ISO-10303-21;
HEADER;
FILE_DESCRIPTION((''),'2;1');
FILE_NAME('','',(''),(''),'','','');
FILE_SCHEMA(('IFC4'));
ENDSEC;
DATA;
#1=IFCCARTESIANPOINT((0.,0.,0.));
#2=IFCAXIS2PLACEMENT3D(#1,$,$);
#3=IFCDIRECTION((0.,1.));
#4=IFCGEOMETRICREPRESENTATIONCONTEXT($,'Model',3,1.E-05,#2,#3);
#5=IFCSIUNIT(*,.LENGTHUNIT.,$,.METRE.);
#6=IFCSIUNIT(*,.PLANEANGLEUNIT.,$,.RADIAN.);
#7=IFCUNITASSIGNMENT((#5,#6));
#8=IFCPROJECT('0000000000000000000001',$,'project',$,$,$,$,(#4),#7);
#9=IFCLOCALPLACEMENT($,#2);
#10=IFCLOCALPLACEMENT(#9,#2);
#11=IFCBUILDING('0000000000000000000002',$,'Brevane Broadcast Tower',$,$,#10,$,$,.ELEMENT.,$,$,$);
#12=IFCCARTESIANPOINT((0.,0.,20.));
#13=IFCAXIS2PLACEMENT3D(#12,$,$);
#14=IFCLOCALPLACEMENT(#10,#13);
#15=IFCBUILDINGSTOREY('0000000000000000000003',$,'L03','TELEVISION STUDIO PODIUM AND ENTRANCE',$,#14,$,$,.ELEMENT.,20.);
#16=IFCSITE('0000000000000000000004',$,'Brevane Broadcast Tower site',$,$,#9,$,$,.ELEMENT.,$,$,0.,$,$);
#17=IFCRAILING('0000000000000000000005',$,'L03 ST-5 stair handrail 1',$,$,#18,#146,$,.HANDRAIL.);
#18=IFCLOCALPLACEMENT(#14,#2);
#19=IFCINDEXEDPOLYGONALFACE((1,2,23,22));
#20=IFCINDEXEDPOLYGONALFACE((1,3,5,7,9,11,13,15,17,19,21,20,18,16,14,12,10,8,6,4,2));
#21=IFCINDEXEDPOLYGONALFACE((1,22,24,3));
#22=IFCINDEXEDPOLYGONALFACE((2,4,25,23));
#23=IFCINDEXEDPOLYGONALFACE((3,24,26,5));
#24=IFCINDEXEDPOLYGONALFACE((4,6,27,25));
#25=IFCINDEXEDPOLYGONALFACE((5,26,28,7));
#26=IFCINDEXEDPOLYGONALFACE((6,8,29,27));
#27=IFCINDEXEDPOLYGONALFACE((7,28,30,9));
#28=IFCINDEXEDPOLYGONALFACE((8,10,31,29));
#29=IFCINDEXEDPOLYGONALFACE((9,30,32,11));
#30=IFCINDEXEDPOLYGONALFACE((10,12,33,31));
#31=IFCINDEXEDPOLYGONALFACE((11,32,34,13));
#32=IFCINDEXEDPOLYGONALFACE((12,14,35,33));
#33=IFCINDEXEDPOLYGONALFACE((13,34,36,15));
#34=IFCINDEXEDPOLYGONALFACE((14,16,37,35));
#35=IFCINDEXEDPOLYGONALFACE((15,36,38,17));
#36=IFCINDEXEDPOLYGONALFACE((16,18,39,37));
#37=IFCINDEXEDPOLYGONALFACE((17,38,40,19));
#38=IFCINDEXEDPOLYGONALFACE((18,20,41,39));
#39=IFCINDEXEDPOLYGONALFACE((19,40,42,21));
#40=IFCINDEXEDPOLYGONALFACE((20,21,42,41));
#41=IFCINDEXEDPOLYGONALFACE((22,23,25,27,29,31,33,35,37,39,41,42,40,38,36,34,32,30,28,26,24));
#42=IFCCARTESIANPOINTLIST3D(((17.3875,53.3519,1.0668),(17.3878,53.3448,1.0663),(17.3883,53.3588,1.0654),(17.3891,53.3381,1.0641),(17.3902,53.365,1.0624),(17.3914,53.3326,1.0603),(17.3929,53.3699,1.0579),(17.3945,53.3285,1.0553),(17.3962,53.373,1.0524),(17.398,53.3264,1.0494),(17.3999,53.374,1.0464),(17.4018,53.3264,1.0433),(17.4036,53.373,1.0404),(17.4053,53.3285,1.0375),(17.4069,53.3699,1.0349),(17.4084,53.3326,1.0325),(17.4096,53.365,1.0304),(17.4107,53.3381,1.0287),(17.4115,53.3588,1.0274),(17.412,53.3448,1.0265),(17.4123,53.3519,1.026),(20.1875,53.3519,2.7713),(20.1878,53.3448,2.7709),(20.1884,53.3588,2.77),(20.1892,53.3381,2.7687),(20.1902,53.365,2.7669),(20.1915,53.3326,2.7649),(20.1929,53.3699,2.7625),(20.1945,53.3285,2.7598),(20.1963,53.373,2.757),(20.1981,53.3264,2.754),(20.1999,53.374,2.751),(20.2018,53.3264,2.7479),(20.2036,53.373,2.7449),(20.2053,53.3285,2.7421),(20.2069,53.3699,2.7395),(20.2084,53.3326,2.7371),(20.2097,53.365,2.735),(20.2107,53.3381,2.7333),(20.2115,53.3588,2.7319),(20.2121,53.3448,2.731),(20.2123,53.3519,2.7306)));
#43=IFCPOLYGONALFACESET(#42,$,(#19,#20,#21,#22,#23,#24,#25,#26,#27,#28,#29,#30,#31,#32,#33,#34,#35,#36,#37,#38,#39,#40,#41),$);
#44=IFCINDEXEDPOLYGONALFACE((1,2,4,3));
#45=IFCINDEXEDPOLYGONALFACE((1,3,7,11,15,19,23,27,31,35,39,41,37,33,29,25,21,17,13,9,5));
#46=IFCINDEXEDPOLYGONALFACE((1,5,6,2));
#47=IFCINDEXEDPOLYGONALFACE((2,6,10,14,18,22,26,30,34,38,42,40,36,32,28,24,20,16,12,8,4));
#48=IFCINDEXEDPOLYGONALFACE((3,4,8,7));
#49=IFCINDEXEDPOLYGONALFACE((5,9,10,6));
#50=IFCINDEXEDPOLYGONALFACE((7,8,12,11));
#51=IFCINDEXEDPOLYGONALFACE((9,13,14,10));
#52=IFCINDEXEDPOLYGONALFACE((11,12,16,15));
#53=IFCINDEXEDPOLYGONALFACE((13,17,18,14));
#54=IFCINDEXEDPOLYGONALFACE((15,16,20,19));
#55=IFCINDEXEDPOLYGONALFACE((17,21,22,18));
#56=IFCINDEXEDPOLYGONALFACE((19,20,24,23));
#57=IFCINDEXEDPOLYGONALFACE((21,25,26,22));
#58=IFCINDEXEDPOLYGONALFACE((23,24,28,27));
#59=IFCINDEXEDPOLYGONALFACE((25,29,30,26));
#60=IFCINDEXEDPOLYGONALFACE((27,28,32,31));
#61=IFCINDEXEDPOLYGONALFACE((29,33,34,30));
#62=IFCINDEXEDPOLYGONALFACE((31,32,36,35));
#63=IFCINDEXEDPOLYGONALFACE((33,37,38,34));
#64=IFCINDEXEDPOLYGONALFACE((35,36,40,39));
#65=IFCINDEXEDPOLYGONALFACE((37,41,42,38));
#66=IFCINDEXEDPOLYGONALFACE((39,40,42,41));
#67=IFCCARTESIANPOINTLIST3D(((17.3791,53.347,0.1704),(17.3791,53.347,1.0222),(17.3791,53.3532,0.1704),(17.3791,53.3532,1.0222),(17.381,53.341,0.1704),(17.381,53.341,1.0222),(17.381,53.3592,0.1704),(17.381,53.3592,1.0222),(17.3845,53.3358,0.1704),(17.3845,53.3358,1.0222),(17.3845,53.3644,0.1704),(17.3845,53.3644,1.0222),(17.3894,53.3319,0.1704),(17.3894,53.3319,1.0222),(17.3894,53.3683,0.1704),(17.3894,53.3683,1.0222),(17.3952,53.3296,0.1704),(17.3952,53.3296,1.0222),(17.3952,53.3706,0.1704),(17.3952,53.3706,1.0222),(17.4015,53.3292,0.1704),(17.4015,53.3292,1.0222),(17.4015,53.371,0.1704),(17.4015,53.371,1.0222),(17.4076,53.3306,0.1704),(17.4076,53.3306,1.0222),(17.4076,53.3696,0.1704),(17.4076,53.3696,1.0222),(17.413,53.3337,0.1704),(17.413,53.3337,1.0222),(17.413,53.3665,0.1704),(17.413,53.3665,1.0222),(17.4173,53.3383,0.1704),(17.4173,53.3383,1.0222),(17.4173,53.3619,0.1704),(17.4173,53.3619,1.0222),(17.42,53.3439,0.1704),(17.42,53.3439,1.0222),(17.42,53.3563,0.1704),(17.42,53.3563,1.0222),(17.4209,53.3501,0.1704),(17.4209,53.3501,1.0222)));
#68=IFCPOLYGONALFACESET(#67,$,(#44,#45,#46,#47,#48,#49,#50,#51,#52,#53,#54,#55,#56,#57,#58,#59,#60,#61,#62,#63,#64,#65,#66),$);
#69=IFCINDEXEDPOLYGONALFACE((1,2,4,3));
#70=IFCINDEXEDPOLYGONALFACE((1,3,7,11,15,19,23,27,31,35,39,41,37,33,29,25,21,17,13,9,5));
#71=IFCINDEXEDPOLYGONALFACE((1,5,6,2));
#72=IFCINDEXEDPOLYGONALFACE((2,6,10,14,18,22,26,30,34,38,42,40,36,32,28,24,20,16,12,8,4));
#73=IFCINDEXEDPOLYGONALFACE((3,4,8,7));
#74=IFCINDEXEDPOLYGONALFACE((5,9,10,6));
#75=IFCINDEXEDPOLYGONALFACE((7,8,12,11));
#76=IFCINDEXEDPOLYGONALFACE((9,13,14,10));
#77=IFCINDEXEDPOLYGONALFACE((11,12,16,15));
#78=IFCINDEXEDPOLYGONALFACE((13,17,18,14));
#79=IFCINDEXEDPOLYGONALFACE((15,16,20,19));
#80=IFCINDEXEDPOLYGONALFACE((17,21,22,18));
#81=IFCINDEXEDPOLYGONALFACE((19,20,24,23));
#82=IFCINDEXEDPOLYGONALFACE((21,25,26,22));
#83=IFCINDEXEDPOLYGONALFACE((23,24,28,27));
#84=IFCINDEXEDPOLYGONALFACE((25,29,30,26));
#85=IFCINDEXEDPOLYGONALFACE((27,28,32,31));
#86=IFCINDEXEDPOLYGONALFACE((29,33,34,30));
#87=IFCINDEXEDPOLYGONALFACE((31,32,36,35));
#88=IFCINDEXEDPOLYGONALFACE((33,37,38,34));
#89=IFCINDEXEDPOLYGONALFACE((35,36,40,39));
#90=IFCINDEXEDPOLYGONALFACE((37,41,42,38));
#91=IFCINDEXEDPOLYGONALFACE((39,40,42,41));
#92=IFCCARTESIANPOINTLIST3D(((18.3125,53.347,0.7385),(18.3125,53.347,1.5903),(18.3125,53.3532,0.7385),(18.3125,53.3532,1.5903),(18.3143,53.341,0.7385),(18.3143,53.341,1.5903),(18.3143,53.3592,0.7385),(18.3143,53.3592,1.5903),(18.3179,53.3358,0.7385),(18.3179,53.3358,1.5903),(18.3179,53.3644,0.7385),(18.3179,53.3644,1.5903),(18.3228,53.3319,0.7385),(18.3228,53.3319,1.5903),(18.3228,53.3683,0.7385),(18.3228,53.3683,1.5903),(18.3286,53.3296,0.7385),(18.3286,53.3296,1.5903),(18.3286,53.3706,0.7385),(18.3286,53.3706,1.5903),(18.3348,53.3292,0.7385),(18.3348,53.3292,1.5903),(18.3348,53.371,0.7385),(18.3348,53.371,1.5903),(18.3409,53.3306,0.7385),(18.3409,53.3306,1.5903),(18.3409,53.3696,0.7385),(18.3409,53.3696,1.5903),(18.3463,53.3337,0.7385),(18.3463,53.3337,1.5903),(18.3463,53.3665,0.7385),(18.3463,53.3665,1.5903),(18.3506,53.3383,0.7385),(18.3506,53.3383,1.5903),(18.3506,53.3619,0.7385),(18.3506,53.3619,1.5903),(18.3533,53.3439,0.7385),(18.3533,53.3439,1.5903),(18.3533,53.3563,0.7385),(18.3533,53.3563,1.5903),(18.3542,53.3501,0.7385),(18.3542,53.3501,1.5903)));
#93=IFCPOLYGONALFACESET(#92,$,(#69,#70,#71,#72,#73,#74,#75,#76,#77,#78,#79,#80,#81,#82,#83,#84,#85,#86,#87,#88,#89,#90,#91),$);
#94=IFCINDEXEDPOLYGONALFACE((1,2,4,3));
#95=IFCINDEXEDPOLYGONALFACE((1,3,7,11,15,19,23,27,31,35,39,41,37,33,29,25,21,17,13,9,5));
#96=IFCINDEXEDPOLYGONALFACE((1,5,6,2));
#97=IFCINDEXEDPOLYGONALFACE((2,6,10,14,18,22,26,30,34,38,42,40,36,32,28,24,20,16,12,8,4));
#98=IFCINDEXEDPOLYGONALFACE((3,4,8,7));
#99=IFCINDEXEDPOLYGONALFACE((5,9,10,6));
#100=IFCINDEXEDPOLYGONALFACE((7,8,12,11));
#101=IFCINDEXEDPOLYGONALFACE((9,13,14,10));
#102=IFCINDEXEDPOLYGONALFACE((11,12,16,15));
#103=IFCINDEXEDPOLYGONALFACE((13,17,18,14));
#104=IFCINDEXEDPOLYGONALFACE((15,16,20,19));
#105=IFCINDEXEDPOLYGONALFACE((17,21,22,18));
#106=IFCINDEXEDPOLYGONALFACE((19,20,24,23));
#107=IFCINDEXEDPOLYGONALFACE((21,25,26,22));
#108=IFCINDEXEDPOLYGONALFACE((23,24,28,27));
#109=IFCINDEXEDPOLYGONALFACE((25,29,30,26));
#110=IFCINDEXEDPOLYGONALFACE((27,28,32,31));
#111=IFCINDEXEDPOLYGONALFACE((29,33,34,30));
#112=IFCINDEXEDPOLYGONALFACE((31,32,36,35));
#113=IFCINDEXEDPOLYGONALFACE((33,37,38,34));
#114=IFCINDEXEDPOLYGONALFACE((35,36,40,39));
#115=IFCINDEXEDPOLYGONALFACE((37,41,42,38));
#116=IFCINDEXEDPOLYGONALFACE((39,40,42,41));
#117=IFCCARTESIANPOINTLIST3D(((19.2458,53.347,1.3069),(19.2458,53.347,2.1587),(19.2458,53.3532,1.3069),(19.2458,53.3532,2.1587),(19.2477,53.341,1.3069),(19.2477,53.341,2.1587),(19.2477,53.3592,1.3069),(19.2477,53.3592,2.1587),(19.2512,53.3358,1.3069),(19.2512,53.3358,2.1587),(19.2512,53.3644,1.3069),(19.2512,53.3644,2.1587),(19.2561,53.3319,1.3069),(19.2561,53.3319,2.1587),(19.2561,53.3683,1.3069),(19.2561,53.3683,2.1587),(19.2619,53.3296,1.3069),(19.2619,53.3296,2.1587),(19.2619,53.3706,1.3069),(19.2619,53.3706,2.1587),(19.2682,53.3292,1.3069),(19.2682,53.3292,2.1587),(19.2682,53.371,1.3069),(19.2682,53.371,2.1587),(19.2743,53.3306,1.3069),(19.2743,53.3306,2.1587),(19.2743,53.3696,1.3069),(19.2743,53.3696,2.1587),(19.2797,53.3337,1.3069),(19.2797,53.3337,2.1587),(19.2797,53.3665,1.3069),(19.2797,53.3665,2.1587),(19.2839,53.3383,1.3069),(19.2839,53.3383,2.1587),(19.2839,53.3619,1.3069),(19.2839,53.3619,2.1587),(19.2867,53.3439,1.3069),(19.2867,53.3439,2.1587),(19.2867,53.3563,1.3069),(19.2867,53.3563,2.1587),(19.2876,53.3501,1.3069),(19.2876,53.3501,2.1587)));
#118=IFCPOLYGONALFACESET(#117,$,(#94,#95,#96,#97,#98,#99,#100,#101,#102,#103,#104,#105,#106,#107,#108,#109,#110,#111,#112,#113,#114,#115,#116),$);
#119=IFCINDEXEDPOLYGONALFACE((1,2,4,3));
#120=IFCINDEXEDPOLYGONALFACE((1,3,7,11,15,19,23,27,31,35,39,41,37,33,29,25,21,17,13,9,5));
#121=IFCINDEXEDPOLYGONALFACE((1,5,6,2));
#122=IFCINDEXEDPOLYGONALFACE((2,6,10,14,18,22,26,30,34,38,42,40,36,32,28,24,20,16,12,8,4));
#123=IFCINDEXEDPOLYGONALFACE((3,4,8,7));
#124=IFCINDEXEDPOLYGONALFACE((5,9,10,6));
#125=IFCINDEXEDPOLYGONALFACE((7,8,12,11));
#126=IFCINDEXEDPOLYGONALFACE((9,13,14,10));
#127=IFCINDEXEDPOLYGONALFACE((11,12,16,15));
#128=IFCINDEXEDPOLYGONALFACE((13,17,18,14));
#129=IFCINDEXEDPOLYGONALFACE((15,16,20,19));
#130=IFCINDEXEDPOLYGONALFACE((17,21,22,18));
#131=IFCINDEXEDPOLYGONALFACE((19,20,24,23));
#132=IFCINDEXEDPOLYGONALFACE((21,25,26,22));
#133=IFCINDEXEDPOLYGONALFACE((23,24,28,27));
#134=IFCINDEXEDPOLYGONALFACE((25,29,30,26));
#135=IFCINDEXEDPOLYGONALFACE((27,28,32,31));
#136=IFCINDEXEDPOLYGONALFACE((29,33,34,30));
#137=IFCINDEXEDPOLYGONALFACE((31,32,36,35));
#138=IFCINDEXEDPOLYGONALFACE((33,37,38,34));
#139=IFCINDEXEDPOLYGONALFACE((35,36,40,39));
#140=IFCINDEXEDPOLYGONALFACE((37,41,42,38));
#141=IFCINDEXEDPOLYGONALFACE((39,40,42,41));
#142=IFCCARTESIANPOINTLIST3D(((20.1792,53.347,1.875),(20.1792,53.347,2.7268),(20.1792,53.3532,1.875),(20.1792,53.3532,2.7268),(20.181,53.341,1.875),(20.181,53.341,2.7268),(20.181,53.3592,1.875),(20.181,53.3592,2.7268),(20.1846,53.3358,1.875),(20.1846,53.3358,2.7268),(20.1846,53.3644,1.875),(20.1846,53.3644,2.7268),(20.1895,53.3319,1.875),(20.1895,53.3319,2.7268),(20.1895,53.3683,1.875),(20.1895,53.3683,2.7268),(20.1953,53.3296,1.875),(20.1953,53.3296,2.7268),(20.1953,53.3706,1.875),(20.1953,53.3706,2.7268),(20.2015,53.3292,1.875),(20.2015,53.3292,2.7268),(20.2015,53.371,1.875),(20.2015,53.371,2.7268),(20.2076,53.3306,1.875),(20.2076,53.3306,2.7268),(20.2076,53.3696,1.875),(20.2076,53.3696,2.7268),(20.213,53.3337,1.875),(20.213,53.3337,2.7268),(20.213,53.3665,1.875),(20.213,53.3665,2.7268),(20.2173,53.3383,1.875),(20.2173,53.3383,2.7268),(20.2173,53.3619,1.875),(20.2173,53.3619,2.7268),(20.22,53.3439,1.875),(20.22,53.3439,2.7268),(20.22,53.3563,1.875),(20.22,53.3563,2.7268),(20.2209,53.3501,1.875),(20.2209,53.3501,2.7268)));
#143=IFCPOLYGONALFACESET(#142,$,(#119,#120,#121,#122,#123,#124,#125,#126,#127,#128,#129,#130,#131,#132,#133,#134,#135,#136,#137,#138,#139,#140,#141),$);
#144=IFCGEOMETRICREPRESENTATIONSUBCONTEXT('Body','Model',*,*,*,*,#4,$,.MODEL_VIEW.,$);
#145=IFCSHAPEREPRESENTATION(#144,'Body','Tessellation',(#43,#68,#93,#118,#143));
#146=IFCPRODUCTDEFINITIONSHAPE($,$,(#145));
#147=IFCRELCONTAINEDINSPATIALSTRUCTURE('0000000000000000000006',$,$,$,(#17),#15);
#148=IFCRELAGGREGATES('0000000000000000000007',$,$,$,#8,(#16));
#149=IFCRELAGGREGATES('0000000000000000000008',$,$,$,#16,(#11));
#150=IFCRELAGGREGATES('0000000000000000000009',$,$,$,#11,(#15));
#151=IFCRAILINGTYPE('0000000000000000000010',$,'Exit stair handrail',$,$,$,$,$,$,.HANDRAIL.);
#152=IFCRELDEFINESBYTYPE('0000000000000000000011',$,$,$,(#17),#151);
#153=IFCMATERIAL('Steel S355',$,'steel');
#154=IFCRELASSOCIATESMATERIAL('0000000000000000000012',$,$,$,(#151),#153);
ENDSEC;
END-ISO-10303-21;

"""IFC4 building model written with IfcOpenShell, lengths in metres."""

from ifc_helpers import new_model, si_unit, direction, frame, origin, origin_2d, place, context, subcontext, project, spatial, circle, extrude, material, type_object, element, save


model = new_model("IFC4")

# Units and contexts
model_context = context("Model", 3, precision=1e-05, world=origin(), true_north=direction((0.0, 1.0)))
body_context = subcontext(model_context, "Body", "Model", "MODEL_VIEW")
ifc_project = project(units=[si_unit("LENGTHUNIT", "METRE"), si_unit("PLANEANGLEUNIT", "RADIAN")], contexts=[model_context])

# Site, building, storey
site_placement = place(None, origin())
site = spatial("IfcSite", under=ifc_project, at=site_placement, Name="Brevane Broadcast Tower site", CompositionType="ELEMENT", RefElevation=0.0)
building_placement = place(site_placement, origin())
building = spatial("IfcBuilding", under=site, at=building_placement, Name="Brevane Broadcast Tower", CompositionType="ELEMENT")
storey_placement = place(building_placement, frame((0.0, 0.0, 20.0)))
storey = spatial("IfcBuildingStorey", under=building, at=storey_placement, Name="L03", Description="TELEVISION STUDIO PODIUM AND ENTRANCE", CompositionType="ELEMENT", Elevation=20.0)

# Railing
ifc_material_1 = material(Name="Steel S355", Category="steel")
railing_type_1 = type_object("IfcRailingType", Name="Exit stair handrail", PredefinedType="HANDRAIL", material=ifc_material_1)
for number, where, name in (
    (1, (17.3999, 53.3501, 0.1704), "L03 ST-5 stair handrail 1"),
):
    element("IfcRailing", number, at=place(storey_placement, frame(where)), inside=storey, type_object=railing_type_1, Name=name, PredefinedType="HANDRAIL", context=body_context, shape_type="SweptSolid", body=[
        extrude(circle(Radius=0.0239, at=origin_2d()), frame((0.0, 0.0, 0.876), z_axis=(0.85417, 0.0, 0.519994), x_axis=(0.0, 1.0, 0.0)), (0.0, 0.0, 1.0), 3.2781),
        extrude(circle(Radius=0.021, at=origin_2d()), origin(), (0.0, 0.0, 1.0), 0.8518),
        extrude(circle(Radius=0.021, at=origin_2d()), frame((0.9333, 0.0, 0.5681)), (0.0, 0.0, 1.0), 0.8518),
        extrude(circle(Radius=0.021, at=origin_2d()), frame((1.8667, 0.0, 1.1365)), (0.0, 0.0, 1.0), 0.8518),
        extrude(circle(Radius=0.021, at=origin_2d()), frame((2.8, 0.0, 1.7046)), (0.0, 0.0, 1.0), 0.8518),
    ])

save(model, "model.ifc")
